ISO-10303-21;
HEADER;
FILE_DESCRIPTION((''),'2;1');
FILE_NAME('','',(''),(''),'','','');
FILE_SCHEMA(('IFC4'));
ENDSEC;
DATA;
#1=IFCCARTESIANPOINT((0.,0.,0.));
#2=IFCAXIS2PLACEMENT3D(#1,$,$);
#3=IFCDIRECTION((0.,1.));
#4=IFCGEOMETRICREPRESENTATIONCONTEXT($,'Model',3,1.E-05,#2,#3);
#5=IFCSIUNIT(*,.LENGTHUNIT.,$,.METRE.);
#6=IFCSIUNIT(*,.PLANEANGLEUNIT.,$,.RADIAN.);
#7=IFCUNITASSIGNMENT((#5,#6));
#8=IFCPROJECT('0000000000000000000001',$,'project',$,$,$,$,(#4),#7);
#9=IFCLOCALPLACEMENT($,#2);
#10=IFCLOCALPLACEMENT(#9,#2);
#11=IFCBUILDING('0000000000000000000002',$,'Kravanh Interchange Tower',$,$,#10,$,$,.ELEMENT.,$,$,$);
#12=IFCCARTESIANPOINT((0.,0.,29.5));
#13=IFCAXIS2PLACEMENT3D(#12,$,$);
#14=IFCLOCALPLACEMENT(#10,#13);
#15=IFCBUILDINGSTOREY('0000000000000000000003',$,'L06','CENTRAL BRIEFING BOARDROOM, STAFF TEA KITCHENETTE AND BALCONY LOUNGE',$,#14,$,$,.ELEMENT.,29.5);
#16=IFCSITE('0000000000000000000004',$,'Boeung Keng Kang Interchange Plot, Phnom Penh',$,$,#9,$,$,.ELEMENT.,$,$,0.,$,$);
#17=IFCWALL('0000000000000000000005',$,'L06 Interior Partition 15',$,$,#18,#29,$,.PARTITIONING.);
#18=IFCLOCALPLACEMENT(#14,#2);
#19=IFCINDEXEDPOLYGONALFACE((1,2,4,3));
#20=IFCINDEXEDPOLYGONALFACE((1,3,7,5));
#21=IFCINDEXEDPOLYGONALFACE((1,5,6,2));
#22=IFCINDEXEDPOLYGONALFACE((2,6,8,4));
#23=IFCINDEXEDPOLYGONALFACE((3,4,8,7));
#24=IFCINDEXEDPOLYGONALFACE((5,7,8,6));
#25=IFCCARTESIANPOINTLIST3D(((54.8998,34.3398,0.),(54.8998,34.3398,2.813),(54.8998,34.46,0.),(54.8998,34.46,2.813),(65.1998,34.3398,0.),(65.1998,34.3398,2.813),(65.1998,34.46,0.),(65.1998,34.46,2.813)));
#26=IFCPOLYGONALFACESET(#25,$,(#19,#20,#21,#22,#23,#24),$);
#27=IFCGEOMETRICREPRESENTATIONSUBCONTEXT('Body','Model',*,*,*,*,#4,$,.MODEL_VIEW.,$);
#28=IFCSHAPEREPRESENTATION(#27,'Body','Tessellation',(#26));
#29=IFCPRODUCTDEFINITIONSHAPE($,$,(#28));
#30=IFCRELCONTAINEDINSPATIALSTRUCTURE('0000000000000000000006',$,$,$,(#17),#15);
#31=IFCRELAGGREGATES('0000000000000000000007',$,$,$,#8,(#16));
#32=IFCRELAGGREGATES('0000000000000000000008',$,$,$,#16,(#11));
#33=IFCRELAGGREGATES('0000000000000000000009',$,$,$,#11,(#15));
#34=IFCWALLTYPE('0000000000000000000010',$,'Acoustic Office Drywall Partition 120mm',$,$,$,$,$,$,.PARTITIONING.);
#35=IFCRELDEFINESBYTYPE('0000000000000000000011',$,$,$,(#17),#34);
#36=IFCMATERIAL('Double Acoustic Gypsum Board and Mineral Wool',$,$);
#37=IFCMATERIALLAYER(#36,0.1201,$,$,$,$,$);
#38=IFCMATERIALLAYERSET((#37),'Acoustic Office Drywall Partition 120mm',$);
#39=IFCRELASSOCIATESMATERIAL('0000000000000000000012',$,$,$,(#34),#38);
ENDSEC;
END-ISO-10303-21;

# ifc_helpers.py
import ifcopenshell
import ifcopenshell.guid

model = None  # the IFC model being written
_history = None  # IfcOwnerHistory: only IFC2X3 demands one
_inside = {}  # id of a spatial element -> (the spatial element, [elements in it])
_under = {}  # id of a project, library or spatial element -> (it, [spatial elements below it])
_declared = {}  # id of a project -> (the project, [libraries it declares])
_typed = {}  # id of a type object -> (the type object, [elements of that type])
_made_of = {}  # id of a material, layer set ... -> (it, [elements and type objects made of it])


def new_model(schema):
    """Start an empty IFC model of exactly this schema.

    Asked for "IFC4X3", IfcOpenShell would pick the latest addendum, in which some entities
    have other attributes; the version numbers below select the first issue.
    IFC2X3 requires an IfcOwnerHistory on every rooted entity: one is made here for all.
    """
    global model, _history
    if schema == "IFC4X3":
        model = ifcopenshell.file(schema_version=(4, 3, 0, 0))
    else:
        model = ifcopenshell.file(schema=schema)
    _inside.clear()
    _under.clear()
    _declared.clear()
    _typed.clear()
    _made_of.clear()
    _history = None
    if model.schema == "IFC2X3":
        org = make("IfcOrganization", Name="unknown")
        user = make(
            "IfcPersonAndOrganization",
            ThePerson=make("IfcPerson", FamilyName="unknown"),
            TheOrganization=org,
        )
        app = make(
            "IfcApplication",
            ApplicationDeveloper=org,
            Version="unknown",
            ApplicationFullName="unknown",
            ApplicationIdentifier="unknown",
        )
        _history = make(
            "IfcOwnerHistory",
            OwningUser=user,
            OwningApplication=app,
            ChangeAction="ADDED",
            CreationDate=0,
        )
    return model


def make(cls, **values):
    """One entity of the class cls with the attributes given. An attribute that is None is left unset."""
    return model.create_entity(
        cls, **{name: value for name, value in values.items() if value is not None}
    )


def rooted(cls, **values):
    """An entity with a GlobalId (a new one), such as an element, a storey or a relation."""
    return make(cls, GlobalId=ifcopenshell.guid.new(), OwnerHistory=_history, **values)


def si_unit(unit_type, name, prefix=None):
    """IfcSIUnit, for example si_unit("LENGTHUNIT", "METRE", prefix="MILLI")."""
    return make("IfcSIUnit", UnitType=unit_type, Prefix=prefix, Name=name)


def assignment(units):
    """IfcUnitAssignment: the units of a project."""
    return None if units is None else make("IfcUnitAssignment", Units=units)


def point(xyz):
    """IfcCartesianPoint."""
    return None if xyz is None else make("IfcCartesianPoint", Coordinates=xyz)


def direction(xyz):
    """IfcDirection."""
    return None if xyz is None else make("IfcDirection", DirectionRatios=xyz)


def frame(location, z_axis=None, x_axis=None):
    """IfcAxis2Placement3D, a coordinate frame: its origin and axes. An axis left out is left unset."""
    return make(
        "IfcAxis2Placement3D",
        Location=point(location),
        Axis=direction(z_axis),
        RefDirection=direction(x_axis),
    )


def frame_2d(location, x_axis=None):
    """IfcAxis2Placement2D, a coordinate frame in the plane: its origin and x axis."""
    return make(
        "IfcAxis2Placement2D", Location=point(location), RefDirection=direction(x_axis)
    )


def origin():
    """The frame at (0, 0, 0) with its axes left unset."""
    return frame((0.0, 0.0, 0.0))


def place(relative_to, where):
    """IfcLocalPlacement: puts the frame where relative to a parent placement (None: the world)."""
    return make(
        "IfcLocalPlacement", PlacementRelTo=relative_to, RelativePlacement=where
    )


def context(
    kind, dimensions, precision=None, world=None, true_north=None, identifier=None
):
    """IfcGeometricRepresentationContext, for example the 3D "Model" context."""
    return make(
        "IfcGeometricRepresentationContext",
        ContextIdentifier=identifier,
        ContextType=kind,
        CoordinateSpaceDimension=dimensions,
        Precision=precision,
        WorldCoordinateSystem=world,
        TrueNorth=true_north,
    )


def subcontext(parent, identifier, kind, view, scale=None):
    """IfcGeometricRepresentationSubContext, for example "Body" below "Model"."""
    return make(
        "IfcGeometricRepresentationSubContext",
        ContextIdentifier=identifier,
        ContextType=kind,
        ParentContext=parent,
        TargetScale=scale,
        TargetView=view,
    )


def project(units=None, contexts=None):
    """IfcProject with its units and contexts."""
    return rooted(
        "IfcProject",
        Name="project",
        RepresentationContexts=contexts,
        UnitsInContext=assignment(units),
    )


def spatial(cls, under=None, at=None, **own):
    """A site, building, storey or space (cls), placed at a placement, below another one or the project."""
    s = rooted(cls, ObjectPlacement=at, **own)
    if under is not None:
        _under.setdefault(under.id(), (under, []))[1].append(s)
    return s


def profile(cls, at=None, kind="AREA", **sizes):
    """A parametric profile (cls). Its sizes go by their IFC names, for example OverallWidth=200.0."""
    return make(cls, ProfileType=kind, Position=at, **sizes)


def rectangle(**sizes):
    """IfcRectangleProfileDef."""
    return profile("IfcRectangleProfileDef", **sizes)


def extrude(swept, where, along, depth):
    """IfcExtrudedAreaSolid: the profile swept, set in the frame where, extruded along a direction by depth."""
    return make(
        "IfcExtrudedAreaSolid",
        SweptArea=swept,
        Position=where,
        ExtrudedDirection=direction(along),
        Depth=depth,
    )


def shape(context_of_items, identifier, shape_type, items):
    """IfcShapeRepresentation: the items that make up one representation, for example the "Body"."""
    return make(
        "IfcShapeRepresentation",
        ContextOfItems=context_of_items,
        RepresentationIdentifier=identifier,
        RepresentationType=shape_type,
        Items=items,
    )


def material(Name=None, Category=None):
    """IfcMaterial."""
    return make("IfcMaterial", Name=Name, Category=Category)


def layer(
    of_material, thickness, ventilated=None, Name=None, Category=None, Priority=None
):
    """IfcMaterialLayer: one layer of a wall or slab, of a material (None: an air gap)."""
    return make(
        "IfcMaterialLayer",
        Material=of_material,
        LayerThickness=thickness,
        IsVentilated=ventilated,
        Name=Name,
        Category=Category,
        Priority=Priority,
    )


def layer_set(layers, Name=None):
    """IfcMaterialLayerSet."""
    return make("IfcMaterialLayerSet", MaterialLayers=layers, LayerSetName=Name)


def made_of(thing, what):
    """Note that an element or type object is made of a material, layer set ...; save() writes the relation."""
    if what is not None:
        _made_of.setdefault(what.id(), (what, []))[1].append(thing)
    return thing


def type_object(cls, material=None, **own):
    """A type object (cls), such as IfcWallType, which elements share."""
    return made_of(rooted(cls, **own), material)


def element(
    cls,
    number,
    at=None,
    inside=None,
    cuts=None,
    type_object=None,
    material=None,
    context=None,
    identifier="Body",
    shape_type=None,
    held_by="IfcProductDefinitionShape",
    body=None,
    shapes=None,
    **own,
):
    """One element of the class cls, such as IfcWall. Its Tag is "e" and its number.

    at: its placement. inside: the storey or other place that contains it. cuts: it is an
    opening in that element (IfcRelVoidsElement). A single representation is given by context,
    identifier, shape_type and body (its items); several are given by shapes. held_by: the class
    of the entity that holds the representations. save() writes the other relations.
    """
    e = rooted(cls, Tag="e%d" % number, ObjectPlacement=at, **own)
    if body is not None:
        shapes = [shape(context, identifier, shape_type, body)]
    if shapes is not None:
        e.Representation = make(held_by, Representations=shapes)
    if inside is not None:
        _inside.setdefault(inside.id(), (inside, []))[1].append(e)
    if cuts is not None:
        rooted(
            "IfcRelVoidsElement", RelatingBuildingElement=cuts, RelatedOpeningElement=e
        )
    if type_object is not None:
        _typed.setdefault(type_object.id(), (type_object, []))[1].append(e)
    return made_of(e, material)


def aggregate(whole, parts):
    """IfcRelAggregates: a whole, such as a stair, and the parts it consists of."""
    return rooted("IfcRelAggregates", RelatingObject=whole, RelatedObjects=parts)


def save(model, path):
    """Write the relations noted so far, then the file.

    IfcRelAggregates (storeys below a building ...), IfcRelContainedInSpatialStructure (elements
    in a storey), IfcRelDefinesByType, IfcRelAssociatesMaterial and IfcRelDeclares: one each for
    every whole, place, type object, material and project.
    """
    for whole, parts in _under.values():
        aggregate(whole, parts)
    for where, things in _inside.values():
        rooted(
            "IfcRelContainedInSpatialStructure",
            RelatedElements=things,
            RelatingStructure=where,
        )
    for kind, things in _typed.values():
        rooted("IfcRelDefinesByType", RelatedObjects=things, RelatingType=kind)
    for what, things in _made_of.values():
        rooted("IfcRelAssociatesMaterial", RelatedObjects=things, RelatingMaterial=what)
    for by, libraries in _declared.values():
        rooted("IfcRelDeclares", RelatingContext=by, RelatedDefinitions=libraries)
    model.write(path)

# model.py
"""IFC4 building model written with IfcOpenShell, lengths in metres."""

from ifc_helpers import new_model, si_unit, direction, frame, frame_2d, origin, place, context, subcontext, project, spatial, rectangle, extrude, material, layer, layer_set, type_object, element, save


model = new_model("IFC4")

# Units and contexts
model_context = context("Model", 3, precision=1e-05, world=origin(), true_north=direction((0.0, 1.0)))
body_context = subcontext(model_context, "Body", "Model", "MODEL_VIEW")
ifc_project = project(units=[si_unit("LENGTHUNIT", "METRE"), si_unit("PLANEANGLEUNIT", "RADIAN")], contexts=[model_context])

# Site, building, storey
site_placement = place(None, origin())
site = spatial("IfcSite", under=ifc_project, at=site_placement, Name="Boeung Keng Kang Interchange Plot, Phnom Penh", CompositionType="ELEMENT", RefElevation=0.0)
building_placement = place(site_placement, origin())
building = spatial("IfcBuilding", under=site, at=building_placement, Name="Kravanh Interchange Tower", CompositionType="ELEMENT")
storey_placement = place(building_placement, frame((0.0, 0.0, 29.5)))
storey = spatial("IfcBuildingStorey", under=building, at=storey_placement, Name="L06", Description="CENTRAL BRIEFING BOARDROOM, STAFF TEA KITCHENETTE AND BALCONY LOUNGE", CompositionType="ELEMENT", Elevation=29.5)

# Wall
ifc_material_1 = material(Name="Double Acoustic Gypsum Board and Mineral Wool")
ifc_layer = layer(ifc_material_1, 0.1201)
ifc_layer_set = layer_set([ifc_layer], Name="Acoustic Office Drywall Partition 120mm")
wall_type = type_object("IfcWallType", Name="Acoustic Office Drywall Partition 120mm", PredefinedType="PARTITIONING", material=ifc_layer_set)
wall_placement = place(storey_placement, frame((54.8999, 34.3999, 0.0), z_axis=(0.0, 0.0, 1.0), x_axis=(1.0, 0.0, 0.0)))
element("IfcWall", 1, at=wall_placement, inside=storey, type_object=wall_type, Name="L06 Interior Partition 15", PredefinedType="PARTITIONING", context=body_context, shape_type="SweptSolid", body=[
    extrude(rectangle(XDim=10.3, YDim=0.1201, at=frame_2d((5.1499, 0.0))), origin(), (0.0, 0.0, 1.0), 2.813),
])

save(model, "model.ifc")
